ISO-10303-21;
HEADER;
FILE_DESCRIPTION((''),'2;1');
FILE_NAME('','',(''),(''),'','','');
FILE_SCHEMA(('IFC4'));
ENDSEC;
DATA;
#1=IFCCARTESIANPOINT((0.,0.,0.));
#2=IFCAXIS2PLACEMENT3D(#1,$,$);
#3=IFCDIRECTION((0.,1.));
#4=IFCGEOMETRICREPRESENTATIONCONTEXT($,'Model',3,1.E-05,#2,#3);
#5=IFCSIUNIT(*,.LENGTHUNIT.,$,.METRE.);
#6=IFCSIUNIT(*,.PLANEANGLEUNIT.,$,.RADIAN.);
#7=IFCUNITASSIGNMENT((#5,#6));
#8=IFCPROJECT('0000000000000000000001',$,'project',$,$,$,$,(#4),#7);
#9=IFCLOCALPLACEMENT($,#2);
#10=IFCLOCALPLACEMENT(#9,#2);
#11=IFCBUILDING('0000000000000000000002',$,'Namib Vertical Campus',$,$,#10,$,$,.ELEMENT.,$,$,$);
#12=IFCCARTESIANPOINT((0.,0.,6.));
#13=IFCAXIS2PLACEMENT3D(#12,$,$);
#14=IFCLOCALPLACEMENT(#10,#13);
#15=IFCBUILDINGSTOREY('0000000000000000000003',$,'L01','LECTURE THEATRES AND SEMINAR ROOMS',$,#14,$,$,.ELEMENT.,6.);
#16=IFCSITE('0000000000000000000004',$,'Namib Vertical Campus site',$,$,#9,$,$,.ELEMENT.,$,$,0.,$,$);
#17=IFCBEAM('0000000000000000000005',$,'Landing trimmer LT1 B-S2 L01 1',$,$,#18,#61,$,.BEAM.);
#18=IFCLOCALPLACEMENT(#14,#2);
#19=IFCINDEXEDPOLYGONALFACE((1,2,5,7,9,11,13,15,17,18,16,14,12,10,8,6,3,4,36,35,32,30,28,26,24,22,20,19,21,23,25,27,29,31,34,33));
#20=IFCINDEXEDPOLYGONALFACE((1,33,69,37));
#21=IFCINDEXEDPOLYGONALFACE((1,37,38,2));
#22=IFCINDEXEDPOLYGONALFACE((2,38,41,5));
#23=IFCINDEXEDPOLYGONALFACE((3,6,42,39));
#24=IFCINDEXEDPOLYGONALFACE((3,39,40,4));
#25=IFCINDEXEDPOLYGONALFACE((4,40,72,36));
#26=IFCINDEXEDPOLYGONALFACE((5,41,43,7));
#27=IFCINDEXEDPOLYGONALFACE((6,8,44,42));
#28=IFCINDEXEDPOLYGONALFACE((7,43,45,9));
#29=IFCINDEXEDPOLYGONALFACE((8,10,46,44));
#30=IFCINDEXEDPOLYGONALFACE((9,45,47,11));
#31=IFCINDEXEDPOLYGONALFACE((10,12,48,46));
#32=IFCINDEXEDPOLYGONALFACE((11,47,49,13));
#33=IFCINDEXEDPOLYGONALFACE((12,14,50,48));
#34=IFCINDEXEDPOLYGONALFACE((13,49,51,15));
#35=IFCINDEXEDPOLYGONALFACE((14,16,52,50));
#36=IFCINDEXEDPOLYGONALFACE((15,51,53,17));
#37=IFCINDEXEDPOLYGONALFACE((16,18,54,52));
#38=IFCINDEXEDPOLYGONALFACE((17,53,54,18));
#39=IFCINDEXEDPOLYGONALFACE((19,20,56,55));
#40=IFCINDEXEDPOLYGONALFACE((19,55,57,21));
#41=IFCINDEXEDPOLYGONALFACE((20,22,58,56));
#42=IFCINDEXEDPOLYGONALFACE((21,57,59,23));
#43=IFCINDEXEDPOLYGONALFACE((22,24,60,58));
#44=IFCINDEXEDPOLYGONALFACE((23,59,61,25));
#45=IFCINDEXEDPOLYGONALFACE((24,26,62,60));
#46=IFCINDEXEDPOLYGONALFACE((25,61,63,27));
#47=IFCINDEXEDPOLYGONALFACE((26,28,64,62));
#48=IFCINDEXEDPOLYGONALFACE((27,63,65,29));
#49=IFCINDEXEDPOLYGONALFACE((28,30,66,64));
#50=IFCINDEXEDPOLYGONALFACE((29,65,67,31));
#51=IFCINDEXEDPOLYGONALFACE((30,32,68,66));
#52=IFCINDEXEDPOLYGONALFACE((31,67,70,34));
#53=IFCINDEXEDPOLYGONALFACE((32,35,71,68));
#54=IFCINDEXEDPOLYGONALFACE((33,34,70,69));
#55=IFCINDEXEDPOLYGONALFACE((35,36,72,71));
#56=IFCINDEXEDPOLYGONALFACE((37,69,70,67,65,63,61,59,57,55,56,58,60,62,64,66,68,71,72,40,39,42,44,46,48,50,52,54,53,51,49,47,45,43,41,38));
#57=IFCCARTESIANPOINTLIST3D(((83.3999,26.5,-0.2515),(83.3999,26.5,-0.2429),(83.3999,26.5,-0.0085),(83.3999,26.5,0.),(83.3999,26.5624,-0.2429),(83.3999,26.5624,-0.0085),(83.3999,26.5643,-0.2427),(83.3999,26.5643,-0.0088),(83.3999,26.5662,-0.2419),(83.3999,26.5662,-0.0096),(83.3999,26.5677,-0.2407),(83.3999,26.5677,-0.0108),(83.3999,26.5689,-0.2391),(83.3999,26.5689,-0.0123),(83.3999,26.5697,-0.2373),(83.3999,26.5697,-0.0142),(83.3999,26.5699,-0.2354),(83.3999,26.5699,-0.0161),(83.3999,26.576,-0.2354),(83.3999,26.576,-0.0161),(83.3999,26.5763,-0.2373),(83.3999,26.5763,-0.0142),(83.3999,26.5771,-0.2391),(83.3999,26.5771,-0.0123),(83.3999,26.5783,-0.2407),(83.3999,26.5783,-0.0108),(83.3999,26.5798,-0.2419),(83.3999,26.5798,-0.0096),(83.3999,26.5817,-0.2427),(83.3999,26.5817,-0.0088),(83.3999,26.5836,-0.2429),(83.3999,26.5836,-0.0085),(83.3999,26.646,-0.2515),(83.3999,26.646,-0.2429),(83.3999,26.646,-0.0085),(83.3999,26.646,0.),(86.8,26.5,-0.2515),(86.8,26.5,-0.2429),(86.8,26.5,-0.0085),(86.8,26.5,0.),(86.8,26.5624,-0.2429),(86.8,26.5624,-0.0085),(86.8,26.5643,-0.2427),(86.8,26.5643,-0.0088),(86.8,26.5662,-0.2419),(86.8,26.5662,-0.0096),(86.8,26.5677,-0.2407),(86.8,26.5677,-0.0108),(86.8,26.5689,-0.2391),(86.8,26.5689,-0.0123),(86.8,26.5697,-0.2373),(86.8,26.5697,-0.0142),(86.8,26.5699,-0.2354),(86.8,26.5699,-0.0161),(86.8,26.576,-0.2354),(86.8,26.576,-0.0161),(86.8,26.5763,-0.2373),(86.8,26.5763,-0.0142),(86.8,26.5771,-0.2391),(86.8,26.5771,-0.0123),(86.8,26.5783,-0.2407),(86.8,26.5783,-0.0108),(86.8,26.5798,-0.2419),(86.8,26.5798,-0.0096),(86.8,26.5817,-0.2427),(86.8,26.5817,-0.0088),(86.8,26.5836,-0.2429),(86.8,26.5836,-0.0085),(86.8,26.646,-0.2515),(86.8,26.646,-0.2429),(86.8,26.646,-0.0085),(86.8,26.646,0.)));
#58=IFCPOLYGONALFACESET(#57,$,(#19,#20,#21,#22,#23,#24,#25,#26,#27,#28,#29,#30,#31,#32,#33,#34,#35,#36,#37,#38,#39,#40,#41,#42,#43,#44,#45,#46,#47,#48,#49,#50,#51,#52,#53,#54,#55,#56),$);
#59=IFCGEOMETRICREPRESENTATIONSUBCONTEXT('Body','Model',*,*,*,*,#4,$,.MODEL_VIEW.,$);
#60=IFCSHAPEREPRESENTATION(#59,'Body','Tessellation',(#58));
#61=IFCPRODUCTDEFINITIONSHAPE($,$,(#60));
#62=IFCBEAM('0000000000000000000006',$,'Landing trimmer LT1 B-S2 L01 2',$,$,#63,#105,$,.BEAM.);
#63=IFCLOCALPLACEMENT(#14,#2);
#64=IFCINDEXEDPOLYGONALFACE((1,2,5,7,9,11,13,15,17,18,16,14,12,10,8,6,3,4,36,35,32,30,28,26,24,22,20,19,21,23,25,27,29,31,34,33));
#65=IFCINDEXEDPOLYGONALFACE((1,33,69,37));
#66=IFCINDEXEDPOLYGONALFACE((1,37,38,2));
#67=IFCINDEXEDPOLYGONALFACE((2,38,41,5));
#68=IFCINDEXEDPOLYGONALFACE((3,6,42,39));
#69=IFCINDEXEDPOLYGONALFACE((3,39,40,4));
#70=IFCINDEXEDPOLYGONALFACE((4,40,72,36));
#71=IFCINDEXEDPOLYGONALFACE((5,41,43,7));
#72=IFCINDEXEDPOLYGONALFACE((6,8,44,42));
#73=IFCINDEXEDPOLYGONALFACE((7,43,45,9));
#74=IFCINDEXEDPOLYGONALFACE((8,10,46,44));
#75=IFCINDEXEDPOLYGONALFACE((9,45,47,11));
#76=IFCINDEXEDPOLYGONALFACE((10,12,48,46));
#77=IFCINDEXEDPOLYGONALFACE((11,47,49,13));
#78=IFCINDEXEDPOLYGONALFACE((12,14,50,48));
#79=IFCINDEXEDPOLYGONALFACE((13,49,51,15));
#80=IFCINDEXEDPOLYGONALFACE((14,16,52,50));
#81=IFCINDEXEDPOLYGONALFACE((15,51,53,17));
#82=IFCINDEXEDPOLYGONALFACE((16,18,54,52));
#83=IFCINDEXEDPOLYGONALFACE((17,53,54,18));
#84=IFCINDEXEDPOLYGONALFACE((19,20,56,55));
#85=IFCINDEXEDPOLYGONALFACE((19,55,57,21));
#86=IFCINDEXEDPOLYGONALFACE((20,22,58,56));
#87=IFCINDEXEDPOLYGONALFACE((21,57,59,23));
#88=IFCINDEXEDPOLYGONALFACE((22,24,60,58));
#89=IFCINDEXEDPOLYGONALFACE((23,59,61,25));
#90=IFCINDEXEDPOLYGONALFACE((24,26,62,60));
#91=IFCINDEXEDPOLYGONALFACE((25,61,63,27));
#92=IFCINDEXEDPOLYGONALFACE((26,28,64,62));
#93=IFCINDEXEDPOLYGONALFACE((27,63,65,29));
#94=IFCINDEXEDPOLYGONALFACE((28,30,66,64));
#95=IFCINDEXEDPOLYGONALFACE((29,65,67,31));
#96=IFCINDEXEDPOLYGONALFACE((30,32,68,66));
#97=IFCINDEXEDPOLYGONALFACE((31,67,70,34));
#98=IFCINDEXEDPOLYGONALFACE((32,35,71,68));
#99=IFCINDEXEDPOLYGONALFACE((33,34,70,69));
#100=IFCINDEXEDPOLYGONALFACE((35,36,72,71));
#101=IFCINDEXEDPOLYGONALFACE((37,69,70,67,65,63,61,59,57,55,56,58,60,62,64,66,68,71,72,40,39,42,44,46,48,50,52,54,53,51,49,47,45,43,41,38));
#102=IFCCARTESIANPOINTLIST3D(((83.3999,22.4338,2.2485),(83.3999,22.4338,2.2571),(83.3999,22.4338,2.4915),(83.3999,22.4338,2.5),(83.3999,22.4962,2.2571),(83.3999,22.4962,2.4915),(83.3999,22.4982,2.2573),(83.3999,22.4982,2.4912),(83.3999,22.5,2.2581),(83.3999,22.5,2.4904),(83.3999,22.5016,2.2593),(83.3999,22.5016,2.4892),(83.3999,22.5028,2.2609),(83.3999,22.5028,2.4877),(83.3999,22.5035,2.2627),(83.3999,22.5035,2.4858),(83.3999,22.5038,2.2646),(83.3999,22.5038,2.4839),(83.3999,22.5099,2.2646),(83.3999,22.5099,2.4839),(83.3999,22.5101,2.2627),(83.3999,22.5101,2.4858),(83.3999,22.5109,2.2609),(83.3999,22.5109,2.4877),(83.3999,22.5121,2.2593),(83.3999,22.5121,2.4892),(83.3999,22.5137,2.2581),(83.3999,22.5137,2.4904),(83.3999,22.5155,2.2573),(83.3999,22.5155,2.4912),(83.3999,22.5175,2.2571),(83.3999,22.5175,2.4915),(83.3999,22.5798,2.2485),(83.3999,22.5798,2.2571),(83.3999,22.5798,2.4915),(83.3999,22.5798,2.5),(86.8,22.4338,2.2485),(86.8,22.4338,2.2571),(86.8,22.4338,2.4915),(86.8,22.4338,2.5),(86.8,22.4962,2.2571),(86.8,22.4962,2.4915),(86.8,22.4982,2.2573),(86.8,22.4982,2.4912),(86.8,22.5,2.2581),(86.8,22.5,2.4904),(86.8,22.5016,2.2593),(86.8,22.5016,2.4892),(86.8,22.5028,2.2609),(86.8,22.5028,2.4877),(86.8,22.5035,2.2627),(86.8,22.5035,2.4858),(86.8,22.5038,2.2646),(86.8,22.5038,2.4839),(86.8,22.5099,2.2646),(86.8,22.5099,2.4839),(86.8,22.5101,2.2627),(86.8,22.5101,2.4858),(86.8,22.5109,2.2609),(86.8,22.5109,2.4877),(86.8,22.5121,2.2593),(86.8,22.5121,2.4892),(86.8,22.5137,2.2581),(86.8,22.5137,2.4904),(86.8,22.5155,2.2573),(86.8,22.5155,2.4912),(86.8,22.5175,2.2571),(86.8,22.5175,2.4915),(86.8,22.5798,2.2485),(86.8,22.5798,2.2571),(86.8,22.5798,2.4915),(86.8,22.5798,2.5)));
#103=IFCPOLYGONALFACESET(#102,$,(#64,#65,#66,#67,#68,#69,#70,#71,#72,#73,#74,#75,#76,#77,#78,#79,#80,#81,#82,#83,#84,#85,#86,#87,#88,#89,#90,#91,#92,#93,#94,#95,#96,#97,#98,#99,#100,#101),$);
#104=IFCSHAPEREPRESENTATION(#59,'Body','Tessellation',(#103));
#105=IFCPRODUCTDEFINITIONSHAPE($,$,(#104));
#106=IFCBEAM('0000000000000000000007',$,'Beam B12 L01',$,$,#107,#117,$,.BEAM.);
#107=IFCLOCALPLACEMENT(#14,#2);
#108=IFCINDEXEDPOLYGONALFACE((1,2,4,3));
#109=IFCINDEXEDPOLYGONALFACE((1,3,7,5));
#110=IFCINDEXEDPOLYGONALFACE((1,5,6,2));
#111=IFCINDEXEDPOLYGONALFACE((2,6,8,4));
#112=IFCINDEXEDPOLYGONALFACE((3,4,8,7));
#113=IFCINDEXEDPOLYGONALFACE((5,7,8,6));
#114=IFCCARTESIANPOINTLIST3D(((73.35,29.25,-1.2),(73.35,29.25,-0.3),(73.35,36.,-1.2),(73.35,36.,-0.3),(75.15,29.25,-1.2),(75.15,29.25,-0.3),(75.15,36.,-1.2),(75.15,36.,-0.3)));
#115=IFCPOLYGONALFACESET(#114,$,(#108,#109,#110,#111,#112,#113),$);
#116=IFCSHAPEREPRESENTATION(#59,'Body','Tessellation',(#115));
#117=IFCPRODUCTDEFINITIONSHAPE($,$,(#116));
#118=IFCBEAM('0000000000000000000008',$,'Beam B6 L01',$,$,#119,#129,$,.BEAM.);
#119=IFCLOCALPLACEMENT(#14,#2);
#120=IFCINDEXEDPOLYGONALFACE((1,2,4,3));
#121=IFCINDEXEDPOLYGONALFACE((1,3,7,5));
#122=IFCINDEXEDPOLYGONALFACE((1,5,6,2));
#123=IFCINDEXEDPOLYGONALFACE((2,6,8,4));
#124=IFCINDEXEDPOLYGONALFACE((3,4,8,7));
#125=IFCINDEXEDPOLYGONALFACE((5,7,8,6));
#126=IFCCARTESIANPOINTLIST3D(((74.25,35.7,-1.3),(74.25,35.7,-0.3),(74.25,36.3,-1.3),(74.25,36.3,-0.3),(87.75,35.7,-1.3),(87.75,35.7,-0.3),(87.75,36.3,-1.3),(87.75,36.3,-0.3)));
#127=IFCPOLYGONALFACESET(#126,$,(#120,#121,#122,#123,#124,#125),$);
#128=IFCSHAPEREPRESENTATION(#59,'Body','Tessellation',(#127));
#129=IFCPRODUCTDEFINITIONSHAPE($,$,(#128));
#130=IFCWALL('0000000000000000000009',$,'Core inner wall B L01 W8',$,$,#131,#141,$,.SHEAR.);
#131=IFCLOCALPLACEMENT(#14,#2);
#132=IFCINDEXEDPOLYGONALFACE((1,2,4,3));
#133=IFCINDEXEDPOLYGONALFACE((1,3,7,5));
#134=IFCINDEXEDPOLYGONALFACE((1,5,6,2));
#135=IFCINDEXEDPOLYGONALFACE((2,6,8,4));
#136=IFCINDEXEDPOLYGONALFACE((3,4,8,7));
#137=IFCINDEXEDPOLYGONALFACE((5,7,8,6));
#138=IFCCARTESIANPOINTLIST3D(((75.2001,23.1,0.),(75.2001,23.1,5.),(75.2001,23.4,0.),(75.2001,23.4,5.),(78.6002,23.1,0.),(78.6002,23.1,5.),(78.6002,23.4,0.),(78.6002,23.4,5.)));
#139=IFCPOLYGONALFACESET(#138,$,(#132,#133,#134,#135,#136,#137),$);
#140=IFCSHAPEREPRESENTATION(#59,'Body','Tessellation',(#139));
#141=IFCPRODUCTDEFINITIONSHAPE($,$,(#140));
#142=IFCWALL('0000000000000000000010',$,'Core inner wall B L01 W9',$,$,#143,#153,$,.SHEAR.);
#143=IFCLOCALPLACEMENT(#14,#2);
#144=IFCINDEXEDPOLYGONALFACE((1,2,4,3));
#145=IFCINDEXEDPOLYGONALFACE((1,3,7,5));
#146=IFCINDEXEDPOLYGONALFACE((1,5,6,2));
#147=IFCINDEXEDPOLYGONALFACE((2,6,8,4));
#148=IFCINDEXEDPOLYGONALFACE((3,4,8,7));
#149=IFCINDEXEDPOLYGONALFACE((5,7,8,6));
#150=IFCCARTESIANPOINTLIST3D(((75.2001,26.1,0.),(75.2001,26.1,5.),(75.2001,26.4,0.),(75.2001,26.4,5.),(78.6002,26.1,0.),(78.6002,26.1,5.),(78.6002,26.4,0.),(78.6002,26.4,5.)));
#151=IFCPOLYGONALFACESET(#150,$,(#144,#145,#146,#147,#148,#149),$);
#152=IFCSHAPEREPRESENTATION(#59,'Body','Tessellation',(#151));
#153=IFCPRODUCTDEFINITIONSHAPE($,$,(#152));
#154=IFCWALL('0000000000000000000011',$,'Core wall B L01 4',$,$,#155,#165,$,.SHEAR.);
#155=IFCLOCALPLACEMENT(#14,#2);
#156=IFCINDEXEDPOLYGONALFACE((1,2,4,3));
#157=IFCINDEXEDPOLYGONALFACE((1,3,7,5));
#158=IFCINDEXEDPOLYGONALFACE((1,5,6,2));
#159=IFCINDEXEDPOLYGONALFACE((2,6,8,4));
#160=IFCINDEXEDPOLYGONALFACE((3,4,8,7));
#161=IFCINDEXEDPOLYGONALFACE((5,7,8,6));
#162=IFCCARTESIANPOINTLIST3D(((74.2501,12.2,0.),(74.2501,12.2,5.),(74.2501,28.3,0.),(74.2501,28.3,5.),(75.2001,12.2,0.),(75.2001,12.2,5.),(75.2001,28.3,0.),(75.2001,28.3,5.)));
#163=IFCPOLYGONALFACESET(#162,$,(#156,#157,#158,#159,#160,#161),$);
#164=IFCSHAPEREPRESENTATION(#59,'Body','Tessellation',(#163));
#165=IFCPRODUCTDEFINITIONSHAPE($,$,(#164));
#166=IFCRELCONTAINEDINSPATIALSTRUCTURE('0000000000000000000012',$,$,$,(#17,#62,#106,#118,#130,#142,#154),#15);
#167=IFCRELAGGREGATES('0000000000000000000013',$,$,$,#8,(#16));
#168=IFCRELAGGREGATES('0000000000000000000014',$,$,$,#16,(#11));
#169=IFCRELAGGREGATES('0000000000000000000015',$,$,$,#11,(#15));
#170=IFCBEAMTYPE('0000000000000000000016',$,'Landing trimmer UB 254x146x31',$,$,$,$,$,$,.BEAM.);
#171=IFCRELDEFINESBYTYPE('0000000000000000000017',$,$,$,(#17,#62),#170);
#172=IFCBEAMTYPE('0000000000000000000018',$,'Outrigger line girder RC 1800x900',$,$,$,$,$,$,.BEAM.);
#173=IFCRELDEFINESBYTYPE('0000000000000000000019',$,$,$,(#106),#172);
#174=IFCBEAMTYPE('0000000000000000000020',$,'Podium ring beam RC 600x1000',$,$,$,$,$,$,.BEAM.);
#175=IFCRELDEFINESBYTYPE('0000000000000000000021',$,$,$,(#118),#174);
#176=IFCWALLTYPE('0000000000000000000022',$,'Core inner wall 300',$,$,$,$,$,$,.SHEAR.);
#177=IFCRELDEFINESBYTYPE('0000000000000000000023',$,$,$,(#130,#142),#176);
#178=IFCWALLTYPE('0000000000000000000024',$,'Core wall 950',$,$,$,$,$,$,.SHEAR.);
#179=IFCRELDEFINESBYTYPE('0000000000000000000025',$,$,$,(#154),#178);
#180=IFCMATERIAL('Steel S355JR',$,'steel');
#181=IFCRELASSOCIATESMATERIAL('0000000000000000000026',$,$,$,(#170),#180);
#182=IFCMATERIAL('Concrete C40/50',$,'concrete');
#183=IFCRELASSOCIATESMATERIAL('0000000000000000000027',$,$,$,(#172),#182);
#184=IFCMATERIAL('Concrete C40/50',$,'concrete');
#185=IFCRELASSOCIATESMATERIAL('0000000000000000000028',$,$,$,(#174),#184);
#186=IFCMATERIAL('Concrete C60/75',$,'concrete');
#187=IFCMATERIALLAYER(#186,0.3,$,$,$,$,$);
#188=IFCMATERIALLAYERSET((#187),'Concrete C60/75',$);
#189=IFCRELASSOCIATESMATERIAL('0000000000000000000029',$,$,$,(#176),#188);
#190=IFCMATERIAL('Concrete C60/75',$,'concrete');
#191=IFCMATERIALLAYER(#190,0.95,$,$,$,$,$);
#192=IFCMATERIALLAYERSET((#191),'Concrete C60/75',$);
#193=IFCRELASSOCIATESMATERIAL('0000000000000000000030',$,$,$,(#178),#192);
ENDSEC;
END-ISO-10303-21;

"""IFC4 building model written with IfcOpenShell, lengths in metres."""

from ifc_helpers import new_model, si_unit, direction, frame, frame_2d, origin, origin_2d, place, context, subcontext, project, spatial, rectangle, i_section, extrude, material, layer, layer_set, material_profile, profile_set, type_object, element, save


model = new_model("IFC4")

# Units and contexts
model_context = context("Model", 3, precision=1e-05, world=origin(), true_north=direction((0.0, 1.0)))
body_context = subcontext(model_context, "Body", "Model", "MODEL_VIEW")
ifc_project = project(units=[si_unit("LENGTHUNIT", "METRE"), si_unit("PLANEANGLEUNIT", "RADIAN")], contexts=[model_context])

# Site, building, storey
site_placement = place(None, origin())
site = spatial("IfcSite", under=ifc_project, at=site_placement, Name="Namib Vertical Campus site", CompositionType="ELEMENT", RefElevation=0.0)
building_placement = place(site_placement, origin())
building = spatial("IfcBuilding", under=site, at=building_placement, Name="Namib Vertical Campus", CompositionType="ELEMENT")
storey_placement = place(building_placement, frame((0.0, 0.0, 6.0)))
storey = spatial("IfcBuildingStorey", under=building, at=storey_placement, Name="L01", Description="LECTURE THEATRES AND SEMINAR ROOMS", CompositionType="ELEMENT", Elevation=6.0)

# Beams
ifc_material_1 = material(Name="Steel S355JR", Category="steel")
ifc_material_profile_1 = material_profile(ifc_material_1, i_section(OverallWidth=0.146, OverallDepth=0.2515, WebThickness=0.0061, FlangeThickness=0.0085, FilletRadius=0.0076, at=origin_2d()))
ifc_profile_set_1 = profile_set([ifc_material_profile_1], Name="Steel S355JR")
beam_type_1 = type_object("IfcBeamType", Name="Landing trimmer UB 254x146x31", PredefinedType="BEAM", material=ifc_profile_set_1)
for number, where, z_axis, x_axis, name in (
    (1, (83.3999, 26.573, -0.1257), (1.0, 0.0, 0.0), (0.0, 1.0, 0.0), "Landing trimmer LT1 B-S2 L01 1"),
    (2, (83.3999, 22.5068, 2.3743), (1.0, 0.0, 0.0), (0.0, 1.0, 0.0), "Landing trimmer LT1 B-S2 L01 2"),
):
    element("IfcBeam", number, at=place(storey_placement, frame(where, z_axis=z_axis, x_axis=x_axis)), inside=storey, type_object=beam_type_1, Name=name, PredefinedType="BEAM", context=body_context, shape_type="SweptSolid", body=[
        extrude(i_section(OverallWidth=0.146, OverallDepth=0.2515, WebThickness=0.0061, FlangeThickness=0.0085, FilletRadius=0.0076, at=origin_2d()), origin(), (0.0, 0.0, 1.0), 3.4001),
    ])
ifc_material_2 = material(Name="Concrete C40/50", Category="concrete")
ifc_material_profile_2 = material_profile(ifc_material_2, rectangle(XDim=1.8, YDim=0.8999, at=origin_2d()))
ifc_profile_set_2 = profile_set([ifc_material_profile_2], Name="Concrete C40/50")
beam_type_2 = type_object("IfcBeamType", Name="Outrigger line girder RC 1800x900", PredefinedType="BEAM", material=ifc_profile_set_2)
beam_1_placement = place(storey_placement, frame((74.25, 36.0, -0.75), z_axis=(0.0, -1.0, 0.0), x_axis=(1.0, 0.0, 0.0)))
element("IfcBeam", 3, at=beam_1_placement, inside=storey, type_object=beam_type_2, Name="Beam B12 L01", PredefinedType="BEAM", context=body_context, shape_type="SweptSolid", body=[
    extrude(rectangle(XDim=1.8, YDim=0.8999, at=origin_2d()), origin(), (0.0, 0.0, 1.0), 6.75),
])
ifc_material_3 = material(Name="Concrete C40/50", Category="concrete")
ifc_material_profile_3 = material_profile(ifc_material_3, rectangle(XDim=0.6001, YDim=1.0, at=origin_2d()))
ifc_profile_set_3 = profile_set([ifc_material_profile_3], Name="Concrete C40/50")
beam_type_3 = type_object("IfcBeamType", Name="Podium ring beam RC 600x1000", PredefinedType="BEAM", material=ifc_profile_set_3)
beam_2_placement = place(storey_placement, frame((74.25, 36.0, -0.8), z_axis=(1.0, 0.0, 0.0), x_axis=(0.0, 1.0, 0.0)))
element("IfcBeam", 4, at=beam_2_placement, inside=storey, type_object=beam_type_3, Name="Beam B6 L01", PredefinedType="BEAM", context=body_context, shape_type="SweptSolid", body=[
    extrude(rectangle(XDim=0.6001, YDim=1.0, at=origin_2d()), origin(), (0.0, 0.0, 1.0), 13.5),
])

# Walls
ifc_material_4 = material(Name="Concrete C60/75", Category="concrete")
ifc_layer_1 = layer(ifc_material_4, 0.3)
ifc_layer_set_1 = layer_set([ifc_layer_1], Name="Concrete C60/75")
wall_type_1 = type_object("IfcWallType", Name="Core inner wall 300", PredefinedType="SHEAR", material=ifc_layer_set_1)
for number, where, z_axis, x_axis, name in (
    (5, (75.2, 23.25, 0.0), (0.0, 0.0, 1.0), (1.0, 0.0, 0.0), "Core inner wall B L01 W8"),
    (6, (75.2, 26.25, 0.0), (0.0, 0.0, 1.0), (1.0, 0.0, 0.0), "Core inner wall B L01 W9"),
):
    element("IfcWall", number, at=place(storey_placement, frame(where, z_axis=z_axis, x_axis=x_axis)), inside=storey, type_object=wall_type_1, Name=name, PredefinedType="SHEAR", context=body_context, shape_type="SweptSolid", body=[
        extrude(rectangle(XDim=3.4001, YDim=0.3, at=frame_2d((1.7002, 0.0))), origin(), (0.0, 0.0, 1.0), 5.0),
    ])
ifc_material_5 = material(Name="Concrete C60/75", Category="concrete")
ifc_layer_2 = layer(ifc_material_5, 0.95)
ifc_layer_set_2 = layer_set([ifc_layer_2], Name="Concrete C60/75")
wall_type_2 = type_object("IfcWallType", Name="Core wall 950", PredefinedType="SHEAR", material=ifc_layer_set_2)
wall_1_placement = place(storey_placement, frame((74.7251, 28.3, 0.0), z_axis=(0.0, 0.0, 1.0), x_axis=(0.0, -1.0, 0.0)))
element("IfcWall", 7, at=wall_1_placement, inside=storey, type_object=wall_type_2, Name="Core wall B L01 4", PredefinedType="SHEAR", context=body_context, shape_type="SweptSolid", body=[
    extrude(rectangle(XDim=16.1001, YDim=0.95, at=frame_2d((8.05, 0.0))), origin(), (0.0, 0.0, 1.0), 5.0),
])

save(model, "model.ifc")
